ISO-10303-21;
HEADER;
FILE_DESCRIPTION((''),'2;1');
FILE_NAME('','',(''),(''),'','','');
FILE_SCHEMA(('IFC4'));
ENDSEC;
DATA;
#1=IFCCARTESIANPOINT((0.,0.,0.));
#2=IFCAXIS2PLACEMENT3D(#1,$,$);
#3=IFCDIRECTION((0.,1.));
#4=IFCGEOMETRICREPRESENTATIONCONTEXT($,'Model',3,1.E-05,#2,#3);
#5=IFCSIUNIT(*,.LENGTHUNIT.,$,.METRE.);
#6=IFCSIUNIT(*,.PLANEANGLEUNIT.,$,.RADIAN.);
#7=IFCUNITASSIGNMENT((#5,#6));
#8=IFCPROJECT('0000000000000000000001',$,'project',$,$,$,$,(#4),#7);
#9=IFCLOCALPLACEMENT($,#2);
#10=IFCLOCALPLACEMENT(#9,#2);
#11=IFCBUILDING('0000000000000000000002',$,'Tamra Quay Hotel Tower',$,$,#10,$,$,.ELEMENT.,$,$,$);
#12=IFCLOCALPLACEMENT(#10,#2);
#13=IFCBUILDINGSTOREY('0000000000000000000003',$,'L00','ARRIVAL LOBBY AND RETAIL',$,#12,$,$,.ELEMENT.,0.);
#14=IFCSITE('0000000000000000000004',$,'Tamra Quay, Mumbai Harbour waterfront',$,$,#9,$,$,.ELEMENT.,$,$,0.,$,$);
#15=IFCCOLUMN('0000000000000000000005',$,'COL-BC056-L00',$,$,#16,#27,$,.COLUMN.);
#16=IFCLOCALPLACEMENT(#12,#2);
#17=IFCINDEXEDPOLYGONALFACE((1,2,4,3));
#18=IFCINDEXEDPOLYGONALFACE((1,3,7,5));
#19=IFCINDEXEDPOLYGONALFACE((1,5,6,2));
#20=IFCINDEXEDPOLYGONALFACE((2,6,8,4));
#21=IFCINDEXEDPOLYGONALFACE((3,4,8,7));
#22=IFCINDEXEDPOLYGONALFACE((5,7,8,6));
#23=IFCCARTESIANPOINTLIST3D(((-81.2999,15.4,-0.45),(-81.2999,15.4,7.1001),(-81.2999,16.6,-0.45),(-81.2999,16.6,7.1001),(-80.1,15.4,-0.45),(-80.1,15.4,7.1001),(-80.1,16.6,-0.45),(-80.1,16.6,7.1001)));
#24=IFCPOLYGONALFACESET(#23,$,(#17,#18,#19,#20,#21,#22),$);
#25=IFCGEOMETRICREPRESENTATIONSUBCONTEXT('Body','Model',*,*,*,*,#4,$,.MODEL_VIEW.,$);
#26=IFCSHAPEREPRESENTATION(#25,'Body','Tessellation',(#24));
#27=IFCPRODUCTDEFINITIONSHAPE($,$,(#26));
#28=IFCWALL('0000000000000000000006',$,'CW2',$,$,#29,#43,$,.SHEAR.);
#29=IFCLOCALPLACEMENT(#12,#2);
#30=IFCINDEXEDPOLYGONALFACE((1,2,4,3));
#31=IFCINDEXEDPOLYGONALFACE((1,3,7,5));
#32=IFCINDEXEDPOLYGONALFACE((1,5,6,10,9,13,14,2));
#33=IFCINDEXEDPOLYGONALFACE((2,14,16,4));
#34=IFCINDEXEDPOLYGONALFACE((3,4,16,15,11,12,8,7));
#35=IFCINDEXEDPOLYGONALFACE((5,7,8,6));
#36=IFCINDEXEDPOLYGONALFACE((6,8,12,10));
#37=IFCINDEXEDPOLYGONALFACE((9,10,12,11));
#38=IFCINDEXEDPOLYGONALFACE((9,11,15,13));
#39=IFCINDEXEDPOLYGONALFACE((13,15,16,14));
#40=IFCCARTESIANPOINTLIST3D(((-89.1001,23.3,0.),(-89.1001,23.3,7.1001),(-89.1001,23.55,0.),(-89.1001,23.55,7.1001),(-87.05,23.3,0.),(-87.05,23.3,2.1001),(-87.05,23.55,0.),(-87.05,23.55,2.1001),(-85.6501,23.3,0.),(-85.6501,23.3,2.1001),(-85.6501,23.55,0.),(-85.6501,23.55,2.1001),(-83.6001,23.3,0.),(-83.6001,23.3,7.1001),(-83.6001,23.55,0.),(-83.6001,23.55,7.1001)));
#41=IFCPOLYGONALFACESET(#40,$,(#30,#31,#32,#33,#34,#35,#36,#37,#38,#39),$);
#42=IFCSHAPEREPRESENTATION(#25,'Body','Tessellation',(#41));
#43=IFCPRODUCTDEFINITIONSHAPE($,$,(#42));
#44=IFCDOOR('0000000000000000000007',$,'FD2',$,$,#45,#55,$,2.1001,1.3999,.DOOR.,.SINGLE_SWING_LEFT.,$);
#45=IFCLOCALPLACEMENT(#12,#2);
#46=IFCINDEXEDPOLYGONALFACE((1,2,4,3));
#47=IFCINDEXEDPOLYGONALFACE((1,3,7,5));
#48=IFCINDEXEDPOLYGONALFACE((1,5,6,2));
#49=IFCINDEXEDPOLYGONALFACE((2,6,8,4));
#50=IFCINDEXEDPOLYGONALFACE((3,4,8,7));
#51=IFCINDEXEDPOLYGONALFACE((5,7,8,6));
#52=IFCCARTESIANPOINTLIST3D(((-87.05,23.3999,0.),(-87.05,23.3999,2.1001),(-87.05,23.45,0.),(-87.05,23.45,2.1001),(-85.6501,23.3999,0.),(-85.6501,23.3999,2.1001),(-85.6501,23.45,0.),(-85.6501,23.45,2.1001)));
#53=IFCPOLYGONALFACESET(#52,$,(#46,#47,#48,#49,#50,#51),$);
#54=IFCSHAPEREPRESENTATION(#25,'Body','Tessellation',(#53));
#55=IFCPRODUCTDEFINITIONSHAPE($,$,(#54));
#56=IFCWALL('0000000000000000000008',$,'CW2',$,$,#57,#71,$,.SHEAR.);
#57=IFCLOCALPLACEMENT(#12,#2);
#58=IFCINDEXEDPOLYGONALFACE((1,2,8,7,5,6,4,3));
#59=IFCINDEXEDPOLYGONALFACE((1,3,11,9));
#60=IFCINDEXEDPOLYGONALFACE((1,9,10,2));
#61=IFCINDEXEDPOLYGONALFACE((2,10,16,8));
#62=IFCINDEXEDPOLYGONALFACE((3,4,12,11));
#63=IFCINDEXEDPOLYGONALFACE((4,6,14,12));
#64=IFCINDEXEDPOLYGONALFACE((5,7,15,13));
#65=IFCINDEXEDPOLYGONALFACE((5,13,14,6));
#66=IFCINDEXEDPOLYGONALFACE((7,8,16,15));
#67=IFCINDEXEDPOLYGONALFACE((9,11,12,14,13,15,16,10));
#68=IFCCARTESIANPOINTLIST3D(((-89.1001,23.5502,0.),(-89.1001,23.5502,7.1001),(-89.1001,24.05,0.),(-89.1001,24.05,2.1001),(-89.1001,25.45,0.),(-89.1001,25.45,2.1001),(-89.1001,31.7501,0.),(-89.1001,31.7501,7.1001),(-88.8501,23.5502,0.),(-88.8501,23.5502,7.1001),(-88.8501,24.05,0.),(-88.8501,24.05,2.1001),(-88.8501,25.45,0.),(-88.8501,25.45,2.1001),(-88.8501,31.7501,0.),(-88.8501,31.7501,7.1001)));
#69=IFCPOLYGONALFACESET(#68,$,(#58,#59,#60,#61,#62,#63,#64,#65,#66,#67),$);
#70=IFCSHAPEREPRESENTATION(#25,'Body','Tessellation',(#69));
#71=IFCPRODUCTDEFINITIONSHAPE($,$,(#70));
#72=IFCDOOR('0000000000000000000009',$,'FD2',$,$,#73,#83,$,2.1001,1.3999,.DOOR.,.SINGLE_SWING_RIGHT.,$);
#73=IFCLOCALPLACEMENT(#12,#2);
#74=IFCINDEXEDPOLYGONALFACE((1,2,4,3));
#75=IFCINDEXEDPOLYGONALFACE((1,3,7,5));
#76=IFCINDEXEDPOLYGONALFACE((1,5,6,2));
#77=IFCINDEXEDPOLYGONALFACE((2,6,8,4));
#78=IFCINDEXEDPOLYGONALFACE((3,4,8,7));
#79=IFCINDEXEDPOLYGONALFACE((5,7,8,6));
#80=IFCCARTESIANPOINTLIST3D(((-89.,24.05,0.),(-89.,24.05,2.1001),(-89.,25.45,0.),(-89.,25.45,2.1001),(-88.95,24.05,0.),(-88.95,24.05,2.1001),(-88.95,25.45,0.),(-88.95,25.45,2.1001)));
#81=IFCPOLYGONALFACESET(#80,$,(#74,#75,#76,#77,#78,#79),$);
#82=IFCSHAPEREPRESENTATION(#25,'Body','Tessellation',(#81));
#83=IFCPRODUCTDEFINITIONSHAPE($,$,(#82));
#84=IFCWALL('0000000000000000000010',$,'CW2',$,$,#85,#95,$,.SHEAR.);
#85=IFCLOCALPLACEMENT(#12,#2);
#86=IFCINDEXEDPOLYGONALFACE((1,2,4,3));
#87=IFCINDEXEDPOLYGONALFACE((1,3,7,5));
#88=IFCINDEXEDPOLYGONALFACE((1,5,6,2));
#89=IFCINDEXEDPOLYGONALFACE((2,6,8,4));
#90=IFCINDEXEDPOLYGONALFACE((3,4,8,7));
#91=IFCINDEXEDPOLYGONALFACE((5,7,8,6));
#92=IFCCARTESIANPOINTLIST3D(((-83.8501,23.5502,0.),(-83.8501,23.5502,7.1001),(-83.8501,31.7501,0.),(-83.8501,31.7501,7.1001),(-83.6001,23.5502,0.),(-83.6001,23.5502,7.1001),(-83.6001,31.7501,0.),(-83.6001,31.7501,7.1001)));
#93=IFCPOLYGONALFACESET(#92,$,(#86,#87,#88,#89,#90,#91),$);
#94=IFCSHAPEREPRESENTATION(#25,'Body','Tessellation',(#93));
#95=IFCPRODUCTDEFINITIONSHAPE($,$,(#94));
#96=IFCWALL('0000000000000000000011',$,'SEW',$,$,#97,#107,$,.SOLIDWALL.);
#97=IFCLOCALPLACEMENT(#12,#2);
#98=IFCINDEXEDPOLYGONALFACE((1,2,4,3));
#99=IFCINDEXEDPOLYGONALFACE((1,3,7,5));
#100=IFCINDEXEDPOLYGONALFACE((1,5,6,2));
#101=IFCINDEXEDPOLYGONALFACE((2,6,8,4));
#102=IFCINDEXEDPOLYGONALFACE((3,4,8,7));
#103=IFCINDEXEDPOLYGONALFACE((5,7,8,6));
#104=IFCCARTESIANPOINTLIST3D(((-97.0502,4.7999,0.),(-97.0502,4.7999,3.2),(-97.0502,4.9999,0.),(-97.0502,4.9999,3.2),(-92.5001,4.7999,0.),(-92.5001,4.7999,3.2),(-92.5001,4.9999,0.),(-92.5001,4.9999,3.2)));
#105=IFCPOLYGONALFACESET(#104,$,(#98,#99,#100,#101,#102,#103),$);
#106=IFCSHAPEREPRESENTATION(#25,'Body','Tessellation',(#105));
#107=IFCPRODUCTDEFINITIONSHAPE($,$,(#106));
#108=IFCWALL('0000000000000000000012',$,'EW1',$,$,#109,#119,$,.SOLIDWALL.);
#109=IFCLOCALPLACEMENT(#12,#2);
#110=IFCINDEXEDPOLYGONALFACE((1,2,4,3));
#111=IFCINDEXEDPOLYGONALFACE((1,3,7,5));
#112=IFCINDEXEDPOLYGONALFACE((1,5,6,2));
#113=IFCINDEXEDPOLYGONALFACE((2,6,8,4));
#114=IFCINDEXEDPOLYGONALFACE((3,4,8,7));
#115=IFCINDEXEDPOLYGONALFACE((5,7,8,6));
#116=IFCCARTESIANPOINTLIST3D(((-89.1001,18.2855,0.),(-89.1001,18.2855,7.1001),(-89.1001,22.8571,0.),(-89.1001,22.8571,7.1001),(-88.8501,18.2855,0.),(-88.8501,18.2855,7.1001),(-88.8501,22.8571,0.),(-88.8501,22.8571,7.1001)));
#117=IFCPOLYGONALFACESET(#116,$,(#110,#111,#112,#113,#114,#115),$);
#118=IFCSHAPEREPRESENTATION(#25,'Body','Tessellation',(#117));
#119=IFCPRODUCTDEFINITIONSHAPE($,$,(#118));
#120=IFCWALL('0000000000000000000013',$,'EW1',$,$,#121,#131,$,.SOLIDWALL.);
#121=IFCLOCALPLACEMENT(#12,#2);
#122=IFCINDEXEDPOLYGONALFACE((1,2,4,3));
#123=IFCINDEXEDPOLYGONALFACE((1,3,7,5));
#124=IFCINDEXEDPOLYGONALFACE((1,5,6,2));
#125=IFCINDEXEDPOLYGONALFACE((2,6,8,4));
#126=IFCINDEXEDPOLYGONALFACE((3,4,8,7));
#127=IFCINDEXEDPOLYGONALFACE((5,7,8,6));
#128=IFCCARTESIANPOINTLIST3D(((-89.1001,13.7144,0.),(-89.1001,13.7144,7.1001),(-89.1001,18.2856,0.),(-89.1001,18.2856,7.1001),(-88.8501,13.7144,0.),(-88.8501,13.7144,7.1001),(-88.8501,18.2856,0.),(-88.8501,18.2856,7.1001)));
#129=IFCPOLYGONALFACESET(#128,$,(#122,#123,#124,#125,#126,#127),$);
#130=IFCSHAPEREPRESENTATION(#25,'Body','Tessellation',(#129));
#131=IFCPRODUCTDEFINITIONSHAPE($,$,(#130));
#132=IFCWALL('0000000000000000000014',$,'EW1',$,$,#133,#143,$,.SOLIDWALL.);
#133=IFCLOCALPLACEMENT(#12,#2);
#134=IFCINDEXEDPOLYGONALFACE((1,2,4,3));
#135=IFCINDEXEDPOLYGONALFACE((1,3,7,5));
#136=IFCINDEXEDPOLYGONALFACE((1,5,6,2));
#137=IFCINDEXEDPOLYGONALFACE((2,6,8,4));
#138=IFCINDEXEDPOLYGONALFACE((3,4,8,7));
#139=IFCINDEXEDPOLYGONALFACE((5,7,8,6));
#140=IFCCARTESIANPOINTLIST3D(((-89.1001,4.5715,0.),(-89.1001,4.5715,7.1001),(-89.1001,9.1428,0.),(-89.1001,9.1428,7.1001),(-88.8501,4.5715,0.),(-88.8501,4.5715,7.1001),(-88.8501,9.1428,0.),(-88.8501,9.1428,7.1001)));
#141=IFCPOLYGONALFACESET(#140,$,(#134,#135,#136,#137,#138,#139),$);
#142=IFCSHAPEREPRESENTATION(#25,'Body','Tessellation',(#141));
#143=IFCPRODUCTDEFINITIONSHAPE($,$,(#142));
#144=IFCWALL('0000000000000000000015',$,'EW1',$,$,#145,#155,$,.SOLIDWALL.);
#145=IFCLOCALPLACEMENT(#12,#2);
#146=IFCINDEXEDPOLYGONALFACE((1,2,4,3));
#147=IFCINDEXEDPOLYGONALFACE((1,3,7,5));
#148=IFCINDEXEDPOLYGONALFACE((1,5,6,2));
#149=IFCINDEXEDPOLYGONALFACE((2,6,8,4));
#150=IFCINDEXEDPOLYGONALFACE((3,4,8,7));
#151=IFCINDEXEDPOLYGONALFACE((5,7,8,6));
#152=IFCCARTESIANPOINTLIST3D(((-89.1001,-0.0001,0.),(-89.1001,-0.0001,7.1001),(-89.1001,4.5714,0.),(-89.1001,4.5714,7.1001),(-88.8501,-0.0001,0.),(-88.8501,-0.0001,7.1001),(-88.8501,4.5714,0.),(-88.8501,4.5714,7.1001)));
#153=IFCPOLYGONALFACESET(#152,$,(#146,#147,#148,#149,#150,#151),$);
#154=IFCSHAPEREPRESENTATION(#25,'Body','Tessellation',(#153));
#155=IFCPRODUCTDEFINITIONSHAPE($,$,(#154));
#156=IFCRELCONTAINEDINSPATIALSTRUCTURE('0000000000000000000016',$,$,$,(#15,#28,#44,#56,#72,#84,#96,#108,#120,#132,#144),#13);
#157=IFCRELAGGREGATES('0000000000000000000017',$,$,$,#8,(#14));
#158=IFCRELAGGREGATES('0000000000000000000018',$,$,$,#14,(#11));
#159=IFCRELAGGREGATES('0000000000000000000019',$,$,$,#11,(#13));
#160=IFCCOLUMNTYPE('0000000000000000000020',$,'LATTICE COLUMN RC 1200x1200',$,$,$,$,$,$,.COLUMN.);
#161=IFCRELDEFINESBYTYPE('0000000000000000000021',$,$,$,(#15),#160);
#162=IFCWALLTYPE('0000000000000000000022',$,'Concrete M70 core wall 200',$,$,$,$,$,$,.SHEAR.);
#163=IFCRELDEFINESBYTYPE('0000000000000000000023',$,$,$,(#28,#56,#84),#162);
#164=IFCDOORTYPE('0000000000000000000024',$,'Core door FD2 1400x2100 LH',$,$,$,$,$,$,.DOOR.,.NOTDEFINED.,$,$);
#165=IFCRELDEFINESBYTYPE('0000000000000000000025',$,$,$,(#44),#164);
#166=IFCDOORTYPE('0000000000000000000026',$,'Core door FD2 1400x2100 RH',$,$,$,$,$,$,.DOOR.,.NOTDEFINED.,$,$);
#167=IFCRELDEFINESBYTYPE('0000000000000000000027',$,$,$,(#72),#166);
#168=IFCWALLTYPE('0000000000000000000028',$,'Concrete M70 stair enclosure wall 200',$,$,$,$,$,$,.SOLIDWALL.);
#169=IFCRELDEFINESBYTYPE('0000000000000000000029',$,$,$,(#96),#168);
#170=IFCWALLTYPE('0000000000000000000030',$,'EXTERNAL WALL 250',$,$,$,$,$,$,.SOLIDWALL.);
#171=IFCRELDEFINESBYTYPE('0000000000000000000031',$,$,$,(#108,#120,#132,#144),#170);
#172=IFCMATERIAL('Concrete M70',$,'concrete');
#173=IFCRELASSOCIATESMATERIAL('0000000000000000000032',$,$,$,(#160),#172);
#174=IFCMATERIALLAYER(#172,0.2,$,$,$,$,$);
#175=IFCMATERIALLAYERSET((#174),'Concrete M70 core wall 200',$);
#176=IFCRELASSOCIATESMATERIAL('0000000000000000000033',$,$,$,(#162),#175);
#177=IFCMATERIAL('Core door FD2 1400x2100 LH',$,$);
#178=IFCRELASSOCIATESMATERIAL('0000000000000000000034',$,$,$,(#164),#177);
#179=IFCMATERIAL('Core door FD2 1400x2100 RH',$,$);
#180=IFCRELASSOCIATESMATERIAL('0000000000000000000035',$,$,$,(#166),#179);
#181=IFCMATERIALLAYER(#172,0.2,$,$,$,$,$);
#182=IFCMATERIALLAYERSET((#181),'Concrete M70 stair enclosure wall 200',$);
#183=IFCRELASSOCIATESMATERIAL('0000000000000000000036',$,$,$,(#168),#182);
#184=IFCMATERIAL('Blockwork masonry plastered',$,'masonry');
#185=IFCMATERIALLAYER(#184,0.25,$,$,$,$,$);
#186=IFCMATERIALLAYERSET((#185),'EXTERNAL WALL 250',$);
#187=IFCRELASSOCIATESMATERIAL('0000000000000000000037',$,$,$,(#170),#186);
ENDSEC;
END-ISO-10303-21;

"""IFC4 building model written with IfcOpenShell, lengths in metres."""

from ifc_helpers import new_model, si_unit, direction, frame, frame_2d, origin, origin_2d, place, context, subcontext, project, spatial, rectangle, extrude, material, layer, layer_set, material_profile, profile_set, type_object, element, fill, save


model = new_model("IFC4")

# Units and contexts
model_context = context("Model", 3, precision=1e-05, world=origin(), true_north=direction((0.0, 1.0)))
body_context = subcontext(model_context, "Body", "Model", "MODEL_VIEW")
ifc_project = project(units=[si_unit("LENGTHUNIT", "METRE"), si_unit("PLANEANGLEUNIT", "RADIAN")], contexts=[model_context])

# Site, building, storey
site_placement = place(None, origin())
site = spatial("IfcSite", under=ifc_project, at=site_placement, Name="Tamra Quay, Mumbai Harbour waterfront", CompositionType="ELEMENT", RefElevation=0.0)
building_placement = place(site_placement, origin())
building = spatial("IfcBuilding", under=site, at=building_placement, Name="Tamra Quay Hotel Tower", CompositionType="ELEMENT")
storey_placement = place(building_placement, origin())
storey = spatial("IfcBuildingStorey", under=building, at=storey_placement, Name="L00", Description="ARRIVAL LOBBY AND RETAIL", CompositionType="ELEMENT", Elevation=0.0)

# Column
ifc_material_1 = material(Name="Concrete M70", Category="concrete")
ifc_material_profile = material_profile(ifc_material_1, rectangle(XDim=1.2, YDim=1.2, at=origin_2d()), Name="LATTICE COLUMN RC 1200x1200")
ifc_profile_set = profile_set([ifc_material_profile], Name="Concrete M70")
column_type = type_object("IfcColumnType", Name="LATTICE COLUMN RC 1200x1200", PredefinedType="COLUMN", material=ifc_profile_set)
column_placement = place(storey_placement, frame((-80.7, 16.0, -0.45), z_axis=(0.0, 0.0, 1.0), x_axis=(1.0, 0.0, 0.0)))
element("IfcColumn", 1, at=column_placement, inside=storey, type_object=column_type, Name="COL-BC056-L00", PredefinedType="COLUMN", context=body_context, shape_type="SweptSolid", body=[
    extrude(rectangle(XDim=1.2, YDim=1.2, at=origin_2d()), origin(), (0.0, 0.0, 1.0), 7.55),
])

# Walls, openings, doors
ifc_layer_1 = layer(ifc_material_1, 0.2)
ifc_layer_set_1 = layer_set([ifc_layer_1], Name="Concrete M70 core wall 200")
wall_type_1 = type_object("IfcWallType", Name="Concrete M70 core wall 200", PredefinedType="SHEAR", material=ifc_layer_set_1)
wall_1_placement = place(storey_placement, frame((-89.1001, 23.425, 0.0), z_axis=(0.0, 0.0, 1.0), x_axis=(1.0, 0.0, 0.0)))
wall_1 = element("IfcWall", 2, at=wall_1_placement, inside=storey, type_object=wall_type_1, Name="CW2", PredefinedType="SHEAR", context=body_context, shape_type="SweptSolid", body=[
    extrude(rectangle(XDim=5.5, YDim=0.25, at=frame_2d((2.75, 0.0))), origin(), (0.0, 0.0, 1.0), 7.1001),
])
opening_1_placement = place(wall_1_placement, frame((2.05, 0.0, 0.0)))
opening_1 = element("IfcOpeningElement", 3, at=opening_1_placement, cuts=wall_1, PredefinedType="OPENING", context=body_context, shape_type="SweptSolid", body=[
    extrude(rectangle(XDim=1.3999, YDim=2.1001, at=frame_2d((0.7, 1.05))), frame((0.0, 0.135, 0.0), z_axis=(0.0, -1.0, 0.0), x_axis=(1.0, 0.0, 0.0)), (0.0, 0.0, 1.0), 0.27),
])
ifc_material_2 = material(Name="Core door FD2 1400x2100 LH")
door_type_1 = type_object("IfcDoorType", Name="Core door FD2 1400x2100 LH", OperationType="NOTDEFINED", PredefinedType="DOOR", material=ifc_material_2)
door_1_placement = place(opening_1_placement, origin())
door_1 = element("IfcDoor", 4, at=door_1_placement, inside=storey, type_object=door_type_1, Name="FD2", OperationType="SINGLE_SWING_LEFT", OverallHeight=2.1001, OverallWidth=1.3999, PredefinedType="DOOR", context=body_context, shape_type="SweptSolid", body=[
    extrude(rectangle(XDim=1.3999, YDim=2.1001, at=frame_2d((0.7, 1.05))), frame((0.0, 0.0249, 0.0), z_axis=(0.0, -1.0, 0.0), x_axis=(1.0, 0.0, 0.0)), (0.0, 0.0, 1.0), 0.05),
])
fill(opening_1, door_1)
wall_2_placement = place(storey_placement, frame((-88.9751, 23.55, 0.0), z_axis=(0.0, 0.0, 1.0), x_axis=(0.0, 1.0, 0.0)))
wall_2 = element("IfcWall", 5, at=wall_2_placement, inside=storey, type_object=wall_type_1, Name="CW2", PredefinedType="SHEAR", context=body_context, shape_type="SweptSolid", body=[
    extrude(rectangle(XDim=8.2, YDim=0.25, at=frame_2d((4.1001, 0.0))), origin(), (0.0, 0.0, 1.0), 7.1001),
])
opening_2_placement = place(wall_2_placement, frame((0.5, 0.0, 0.0)))
opening_2 = element("IfcOpeningElement", 6, at=opening_2_placement, cuts=wall_2, PredefinedType="OPENING", context=body_context, shape_type="SweptSolid", body=[
    extrude(rectangle(XDim=1.3999, YDim=2.1001, at=frame_2d((0.7, 1.05))), frame((0.0, 0.135, 0.0), z_axis=(0.0, -1.0, 0.0), x_axis=(1.0, 0.0, 0.0)), (0.0, 0.0, 1.0), 0.27),
])
ifc_material_3 = material(Name="Core door FD2 1400x2100 RH")
door_type_2 = type_object("IfcDoorType", Name="Core door FD2 1400x2100 RH", OperationType="NOTDEFINED", PredefinedType="DOOR", material=ifc_material_3)
door_2_placement = place(opening_2_placement, origin())
door_2 = element("IfcDoor", 7, at=door_2_placement, inside=storey, type_object=door_type_2, Name="FD2", OperationType="SINGLE_SWING_RIGHT", OverallHeight=2.1001, OverallWidth=1.3999, PredefinedType="DOOR", context=body_context, shape_type="SweptSolid", body=[
    extrude(rectangle(XDim=1.3999, YDim=2.1001, at=frame_2d((0.7, 1.05))), frame((0.0, 0.0249, 0.0), z_axis=(0.0, -1.0, 0.0), x_axis=(1.0, 0.0, 0.0)), (0.0, 0.0, 1.0), 0.05),
])
fill(opening_2, door_2)

# Walls
wall_3_placement = place(storey_placement, frame((-83.7251, 23.55, 0.0), z_axis=(0.0, 0.0, 1.0), x_axis=(0.0, 1.0, 0.0)))
element("IfcWall", 8, at=wall_3_placement, inside=storey, type_object=wall_type_1, Name="CW2", PredefinedType="SHEAR", context=body_context, shape_type="SweptSolid", body=[
    extrude(rectangle(XDim=8.2, YDim=0.25, at=frame_2d((4.1001, 0.0))), origin(), (0.0, 0.0, 1.0), 7.1001),
])
ifc_layer_2 = layer(ifc_material_1, 0.2)
ifc_layer_set_2 = layer_set([ifc_layer_2], Name="Concrete M70 stair enclosure wall 200")
wall_type_2 = type_object("IfcWallType", Name="Concrete M70 stair enclosure wall 200", PredefinedType="SOLIDWALL", material=ifc_layer_set_2)
wall_4_placement = place(storey_placement, frame((-97.05, 4.8999, 0.0), z_axis=(0.0, 0.0, 1.0), x_axis=(1.0, 0.0, 0.0)))
element("IfcWall", 9, at=wall_4_placement, inside=storey, type_object=wall_type_2, Name="SEW", PredefinedType="SOLIDWALL", context=body_context, shape_type="SweptSolid", body=[
    extrude(rectangle(XDim=4.55, YDim=0.2, at=frame_2d((2.2749, 0.0))), origin(), (0.0, 0.0, 1.0), 3.2),
])
ifc_material_4 = material(Name="Blockwork masonry plastered", Category="masonry")
ifc_layer_3 = layer(ifc_material_4, 0.25)
ifc_layer_set_3 = layer_set([ifc_layer_3], Name="EXTERNAL WALL 250")
wall_type_3 = type_object("IfcWallType", Name="EXTERNAL WALL 250", PredefinedType="SOLIDWALL", material=ifc_layer_set_3)
wall_5_placement = place(storey_placement, frame((-88.9751, 18.2856, 0.0), z_axis=(0.0, 0.0, 1.0), x_axis=(0.0, 1.0, 0.0)))
element("IfcWall", 10, at=wall_5_placement, inside=storey, type_object=wall_type_3, Name="EW1", PredefinedType="SOLIDWALL", context=body_context, shape_type="SweptSolid", body=[
    extrude(rectangle(XDim=4.5715, YDim=0.25, at=frame_2d((2.2856, 0.0))), origin(), (0.0, 0.0, 1.0), 7.1001),
])
wall_6_placement = place(storey_placement, frame((-88.9751, 13.7144, 0.0), z_axis=(0.0, 0.0, 1.0), x_axis=(0.0, 1.0, 0.0)))
element("IfcWall", 11, at=wall_6_placement, inside=storey, type_object=wall_type_3, Name="EW1", PredefinedType="SOLIDWALL", context=body_context, shape_type="SweptSolid", body=[
    extrude(rectangle(XDim=4.5713, YDim=0.25, at=frame_2d((2.2856, 0.0))), origin(), (0.0, 0.0, 1.0), 7.1001),
])

# Walls
wall_7_placement = place(storey_placement, frame((-88.9751, 4.5715, 0.0), z_axis=(0.0, 0.0, 1.0), x_axis=(0.0, 1.0, 0.0)))
element("IfcWall", 12, at=wall_7_placement, inside=storey, type_object=wall_type_3, Name="EW1", PredefinedType="SOLIDWALL", context=body_context, shape_type="SweptSolid", body=[
    extrude(rectangle(XDim=4.5713, YDim=0.25, at=frame_2d((2.2856, 0.0))), origin(), (0.0, 0.0, 1.0), 7.1001),
])
wall_8_placement = place(storey_placement, frame((-88.9751, 0.0, 0.0), z_axis=(0.0, 0.0, 1.0), x_axis=(0.0, 1.0, 0.0)))
element("IfcWall", 13, at=wall_8_placement, inside=storey, type_object=wall_type_3, Name="EW1", PredefinedType="SOLIDWALL", context=body_context, shape_type="SweptSolid", body=[
    extrude(rectangle(XDim=4.5715, YDim=0.25, at=frame_2d((2.2856, 0.0))), origin(), (0.0, 0.0, 1.0), 7.1001),
])

save(model, "model.ifc")
